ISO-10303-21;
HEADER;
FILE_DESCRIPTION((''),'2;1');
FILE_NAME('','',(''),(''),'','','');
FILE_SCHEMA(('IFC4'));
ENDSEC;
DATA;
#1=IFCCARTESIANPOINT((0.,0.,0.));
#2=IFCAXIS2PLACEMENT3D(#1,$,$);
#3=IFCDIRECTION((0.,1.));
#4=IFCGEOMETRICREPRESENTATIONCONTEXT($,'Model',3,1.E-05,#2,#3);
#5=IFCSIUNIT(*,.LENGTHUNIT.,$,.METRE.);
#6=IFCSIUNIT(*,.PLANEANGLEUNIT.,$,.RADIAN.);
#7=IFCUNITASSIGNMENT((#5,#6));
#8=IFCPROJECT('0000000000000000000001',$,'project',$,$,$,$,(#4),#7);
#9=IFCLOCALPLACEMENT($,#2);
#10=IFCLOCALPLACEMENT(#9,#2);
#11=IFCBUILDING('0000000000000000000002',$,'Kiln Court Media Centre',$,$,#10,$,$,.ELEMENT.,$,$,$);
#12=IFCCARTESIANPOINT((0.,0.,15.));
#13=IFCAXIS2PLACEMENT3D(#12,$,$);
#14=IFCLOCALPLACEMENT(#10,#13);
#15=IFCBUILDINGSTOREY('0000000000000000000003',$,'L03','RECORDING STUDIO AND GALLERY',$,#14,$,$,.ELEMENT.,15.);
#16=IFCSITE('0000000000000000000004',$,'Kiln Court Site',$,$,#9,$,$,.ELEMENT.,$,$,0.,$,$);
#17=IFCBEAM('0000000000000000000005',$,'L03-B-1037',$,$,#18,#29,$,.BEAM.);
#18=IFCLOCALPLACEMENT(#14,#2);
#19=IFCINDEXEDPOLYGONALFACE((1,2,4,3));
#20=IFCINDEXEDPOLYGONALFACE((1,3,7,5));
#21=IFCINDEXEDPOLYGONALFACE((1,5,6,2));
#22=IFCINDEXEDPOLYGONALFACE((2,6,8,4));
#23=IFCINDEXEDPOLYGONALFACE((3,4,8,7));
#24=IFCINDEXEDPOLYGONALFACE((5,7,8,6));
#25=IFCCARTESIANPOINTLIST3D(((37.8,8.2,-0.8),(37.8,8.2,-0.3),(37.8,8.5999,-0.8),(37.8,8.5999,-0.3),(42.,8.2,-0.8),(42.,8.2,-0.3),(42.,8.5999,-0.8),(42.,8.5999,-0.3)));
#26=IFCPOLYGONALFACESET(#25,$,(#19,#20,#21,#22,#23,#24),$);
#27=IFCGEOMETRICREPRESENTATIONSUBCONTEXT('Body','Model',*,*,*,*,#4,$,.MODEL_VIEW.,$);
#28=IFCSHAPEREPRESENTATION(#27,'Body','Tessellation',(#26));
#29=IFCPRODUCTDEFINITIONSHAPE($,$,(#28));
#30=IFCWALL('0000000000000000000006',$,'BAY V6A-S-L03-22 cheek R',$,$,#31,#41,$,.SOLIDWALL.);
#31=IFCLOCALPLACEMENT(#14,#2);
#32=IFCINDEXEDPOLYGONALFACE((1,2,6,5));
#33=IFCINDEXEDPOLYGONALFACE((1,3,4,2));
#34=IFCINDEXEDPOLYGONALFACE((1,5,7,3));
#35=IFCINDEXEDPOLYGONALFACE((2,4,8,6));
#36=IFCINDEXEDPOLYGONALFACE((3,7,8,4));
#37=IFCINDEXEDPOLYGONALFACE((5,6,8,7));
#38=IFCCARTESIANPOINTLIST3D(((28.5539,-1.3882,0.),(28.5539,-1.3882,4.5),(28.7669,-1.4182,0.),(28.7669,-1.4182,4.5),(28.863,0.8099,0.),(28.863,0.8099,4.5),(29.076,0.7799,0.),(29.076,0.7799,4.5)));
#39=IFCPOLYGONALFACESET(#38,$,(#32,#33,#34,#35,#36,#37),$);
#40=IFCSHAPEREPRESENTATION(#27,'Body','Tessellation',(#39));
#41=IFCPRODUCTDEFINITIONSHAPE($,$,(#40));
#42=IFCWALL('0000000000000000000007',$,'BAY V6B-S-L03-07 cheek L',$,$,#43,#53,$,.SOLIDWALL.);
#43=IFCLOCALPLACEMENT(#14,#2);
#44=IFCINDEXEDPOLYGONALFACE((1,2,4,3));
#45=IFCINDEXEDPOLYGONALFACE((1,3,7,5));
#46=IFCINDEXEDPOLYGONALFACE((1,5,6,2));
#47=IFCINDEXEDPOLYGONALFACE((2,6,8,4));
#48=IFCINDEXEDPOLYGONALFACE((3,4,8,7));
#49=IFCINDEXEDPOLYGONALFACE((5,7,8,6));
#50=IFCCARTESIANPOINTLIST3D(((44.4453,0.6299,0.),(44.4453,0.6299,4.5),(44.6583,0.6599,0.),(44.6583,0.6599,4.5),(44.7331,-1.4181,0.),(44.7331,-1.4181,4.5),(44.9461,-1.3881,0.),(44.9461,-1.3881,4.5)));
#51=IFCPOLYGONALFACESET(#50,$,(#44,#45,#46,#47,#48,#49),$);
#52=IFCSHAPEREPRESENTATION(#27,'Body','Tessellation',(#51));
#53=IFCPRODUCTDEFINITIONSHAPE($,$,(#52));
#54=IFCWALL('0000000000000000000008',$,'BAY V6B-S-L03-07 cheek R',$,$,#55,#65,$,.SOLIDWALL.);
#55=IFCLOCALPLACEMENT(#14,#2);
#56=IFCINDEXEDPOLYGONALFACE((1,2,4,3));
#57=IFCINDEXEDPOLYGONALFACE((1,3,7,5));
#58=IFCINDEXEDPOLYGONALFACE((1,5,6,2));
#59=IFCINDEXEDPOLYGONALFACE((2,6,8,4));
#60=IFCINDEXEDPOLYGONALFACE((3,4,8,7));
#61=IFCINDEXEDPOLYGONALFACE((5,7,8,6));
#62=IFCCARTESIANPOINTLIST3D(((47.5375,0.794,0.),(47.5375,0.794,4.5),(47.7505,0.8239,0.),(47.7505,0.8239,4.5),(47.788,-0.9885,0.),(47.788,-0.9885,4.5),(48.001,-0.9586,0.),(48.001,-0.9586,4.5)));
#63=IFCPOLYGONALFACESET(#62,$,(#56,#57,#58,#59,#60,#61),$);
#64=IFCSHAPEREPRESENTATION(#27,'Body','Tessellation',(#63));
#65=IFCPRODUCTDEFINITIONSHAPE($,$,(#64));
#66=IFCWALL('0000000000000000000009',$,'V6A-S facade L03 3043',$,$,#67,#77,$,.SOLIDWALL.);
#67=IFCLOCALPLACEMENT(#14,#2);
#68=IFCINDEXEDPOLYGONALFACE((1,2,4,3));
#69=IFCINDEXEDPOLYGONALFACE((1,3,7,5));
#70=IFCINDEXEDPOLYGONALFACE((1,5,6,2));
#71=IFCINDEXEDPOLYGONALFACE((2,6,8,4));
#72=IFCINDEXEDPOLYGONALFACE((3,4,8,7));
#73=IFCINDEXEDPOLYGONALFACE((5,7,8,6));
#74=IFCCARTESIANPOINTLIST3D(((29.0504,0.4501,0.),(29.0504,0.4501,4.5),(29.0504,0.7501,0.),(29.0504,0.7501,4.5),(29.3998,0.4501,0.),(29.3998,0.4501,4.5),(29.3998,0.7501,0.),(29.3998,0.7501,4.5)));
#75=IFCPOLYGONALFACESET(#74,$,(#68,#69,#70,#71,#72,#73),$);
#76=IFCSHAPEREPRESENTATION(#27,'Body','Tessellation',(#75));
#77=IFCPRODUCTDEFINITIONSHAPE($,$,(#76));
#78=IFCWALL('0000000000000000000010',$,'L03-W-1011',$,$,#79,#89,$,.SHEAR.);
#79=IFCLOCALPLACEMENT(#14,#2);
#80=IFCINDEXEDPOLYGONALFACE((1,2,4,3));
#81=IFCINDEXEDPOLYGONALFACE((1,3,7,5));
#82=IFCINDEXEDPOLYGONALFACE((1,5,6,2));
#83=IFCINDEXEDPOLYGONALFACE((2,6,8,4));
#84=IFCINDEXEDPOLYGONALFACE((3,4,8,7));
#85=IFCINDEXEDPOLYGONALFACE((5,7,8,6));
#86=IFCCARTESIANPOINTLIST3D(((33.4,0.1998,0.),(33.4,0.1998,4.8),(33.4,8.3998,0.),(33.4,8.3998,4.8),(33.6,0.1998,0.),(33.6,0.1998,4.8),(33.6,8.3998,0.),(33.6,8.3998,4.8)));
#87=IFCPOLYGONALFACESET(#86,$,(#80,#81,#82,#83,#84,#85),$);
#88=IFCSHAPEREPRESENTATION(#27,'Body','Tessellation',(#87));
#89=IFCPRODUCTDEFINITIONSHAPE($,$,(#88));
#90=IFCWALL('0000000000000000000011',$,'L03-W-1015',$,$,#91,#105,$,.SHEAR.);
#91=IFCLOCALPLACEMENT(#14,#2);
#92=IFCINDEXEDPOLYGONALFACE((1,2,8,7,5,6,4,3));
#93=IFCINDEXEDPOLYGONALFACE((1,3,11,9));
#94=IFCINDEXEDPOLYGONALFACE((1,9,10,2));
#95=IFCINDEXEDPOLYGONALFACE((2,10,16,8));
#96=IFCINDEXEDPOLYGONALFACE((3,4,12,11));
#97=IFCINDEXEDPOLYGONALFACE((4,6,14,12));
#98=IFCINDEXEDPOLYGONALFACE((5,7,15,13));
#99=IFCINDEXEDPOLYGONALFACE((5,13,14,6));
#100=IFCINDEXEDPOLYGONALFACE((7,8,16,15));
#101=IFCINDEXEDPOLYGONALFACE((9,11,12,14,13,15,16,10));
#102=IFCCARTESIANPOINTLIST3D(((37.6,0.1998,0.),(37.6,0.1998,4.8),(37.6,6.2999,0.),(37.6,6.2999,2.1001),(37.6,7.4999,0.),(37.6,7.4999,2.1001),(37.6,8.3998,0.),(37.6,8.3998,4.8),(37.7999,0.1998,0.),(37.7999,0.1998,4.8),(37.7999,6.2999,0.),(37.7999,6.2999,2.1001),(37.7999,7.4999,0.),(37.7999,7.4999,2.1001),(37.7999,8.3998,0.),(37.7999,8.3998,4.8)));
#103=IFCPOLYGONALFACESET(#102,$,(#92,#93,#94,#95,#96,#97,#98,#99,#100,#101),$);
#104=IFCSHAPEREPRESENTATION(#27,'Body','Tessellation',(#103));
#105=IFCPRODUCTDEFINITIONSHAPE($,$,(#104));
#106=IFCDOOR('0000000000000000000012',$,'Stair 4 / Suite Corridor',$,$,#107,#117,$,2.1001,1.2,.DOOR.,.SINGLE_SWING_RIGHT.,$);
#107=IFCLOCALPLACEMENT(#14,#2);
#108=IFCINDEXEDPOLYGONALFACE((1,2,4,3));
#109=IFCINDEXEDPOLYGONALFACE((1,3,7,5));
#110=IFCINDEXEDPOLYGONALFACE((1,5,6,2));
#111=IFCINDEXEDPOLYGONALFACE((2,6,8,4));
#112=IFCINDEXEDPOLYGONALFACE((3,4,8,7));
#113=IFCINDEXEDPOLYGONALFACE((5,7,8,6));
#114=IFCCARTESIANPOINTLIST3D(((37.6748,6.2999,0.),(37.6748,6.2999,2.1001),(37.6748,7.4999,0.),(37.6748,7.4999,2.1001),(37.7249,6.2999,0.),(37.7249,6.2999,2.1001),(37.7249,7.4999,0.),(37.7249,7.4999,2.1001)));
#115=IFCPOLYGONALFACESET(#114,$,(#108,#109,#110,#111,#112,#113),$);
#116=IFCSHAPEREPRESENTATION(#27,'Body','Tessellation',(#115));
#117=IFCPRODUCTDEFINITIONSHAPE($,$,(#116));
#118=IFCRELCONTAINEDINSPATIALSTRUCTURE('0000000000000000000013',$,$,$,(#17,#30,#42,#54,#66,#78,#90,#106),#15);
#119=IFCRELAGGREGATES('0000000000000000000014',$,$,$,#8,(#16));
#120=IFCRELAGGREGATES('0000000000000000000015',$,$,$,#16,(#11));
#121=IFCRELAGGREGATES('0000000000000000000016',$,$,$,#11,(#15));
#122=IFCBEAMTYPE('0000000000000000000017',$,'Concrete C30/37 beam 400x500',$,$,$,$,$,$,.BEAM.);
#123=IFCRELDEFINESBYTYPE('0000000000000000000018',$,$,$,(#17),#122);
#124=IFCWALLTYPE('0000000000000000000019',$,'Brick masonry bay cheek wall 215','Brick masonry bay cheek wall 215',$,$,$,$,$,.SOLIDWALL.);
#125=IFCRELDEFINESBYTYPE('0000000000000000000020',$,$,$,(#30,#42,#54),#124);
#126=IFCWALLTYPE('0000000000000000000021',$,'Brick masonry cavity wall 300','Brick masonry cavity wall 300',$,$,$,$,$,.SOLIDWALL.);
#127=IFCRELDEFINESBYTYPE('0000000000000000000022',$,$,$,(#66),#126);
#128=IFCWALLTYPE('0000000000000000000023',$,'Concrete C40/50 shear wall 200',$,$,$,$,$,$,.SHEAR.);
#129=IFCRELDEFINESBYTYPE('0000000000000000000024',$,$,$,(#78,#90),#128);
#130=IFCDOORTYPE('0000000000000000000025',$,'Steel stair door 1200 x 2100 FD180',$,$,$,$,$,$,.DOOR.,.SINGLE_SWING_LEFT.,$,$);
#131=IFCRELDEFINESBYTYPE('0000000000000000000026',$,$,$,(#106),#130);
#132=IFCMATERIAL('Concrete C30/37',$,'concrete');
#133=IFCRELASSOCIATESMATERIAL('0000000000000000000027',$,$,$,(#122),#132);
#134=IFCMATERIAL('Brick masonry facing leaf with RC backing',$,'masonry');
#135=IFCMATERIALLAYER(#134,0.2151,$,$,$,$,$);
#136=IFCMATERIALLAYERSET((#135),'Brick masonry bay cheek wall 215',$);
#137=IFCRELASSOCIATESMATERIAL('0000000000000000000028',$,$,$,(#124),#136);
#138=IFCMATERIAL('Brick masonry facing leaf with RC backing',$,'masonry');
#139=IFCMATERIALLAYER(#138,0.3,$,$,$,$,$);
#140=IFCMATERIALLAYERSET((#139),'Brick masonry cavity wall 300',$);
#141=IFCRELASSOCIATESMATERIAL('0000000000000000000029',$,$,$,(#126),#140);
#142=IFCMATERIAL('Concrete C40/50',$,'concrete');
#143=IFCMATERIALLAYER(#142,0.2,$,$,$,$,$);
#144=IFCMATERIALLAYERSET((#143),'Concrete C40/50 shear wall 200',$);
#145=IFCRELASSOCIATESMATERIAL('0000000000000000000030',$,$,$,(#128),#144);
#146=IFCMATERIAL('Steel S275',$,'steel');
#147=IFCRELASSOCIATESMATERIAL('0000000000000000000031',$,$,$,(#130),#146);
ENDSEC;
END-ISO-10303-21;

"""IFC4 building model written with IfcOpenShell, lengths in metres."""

from ifc_helpers import new_model, si_unit, direction, frame, frame_2d, origin, origin_2d, place, context, subcontext, project, spatial, rectangle, extrude, material, layer, layer_set, material_profile, profile_set, type_object, element, fill, save


model = new_model("IFC4")

# Units and contexts
model_context = context("Model", 3, precision=1e-05, world=origin(), true_north=direction((0.0, 1.0)))
body_context = subcontext(model_context, "Body", "Model", "MODEL_VIEW")
ifc_project = project(units=[si_unit("LENGTHUNIT", "METRE"), si_unit("PLANEANGLEUNIT", "RADIAN")], contexts=[model_context])

# Site, building, storey
site_placement = place(None, origin())
site = spatial("IfcSite", under=ifc_project, at=site_placement, Name="Kiln Court Site", CompositionType="ELEMENT", RefElevation=0.0)
building_placement = place(site_placement, origin())
building = spatial("IfcBuilding", under=site, at=building_placement, Name="Kiln Court Media Centre", CompositionType="ELEMENT")
storey_placement = place(building_placement, frame((0.0, 0.0, 15.0)))
storey = spatial("IfcBuildingStorey", under=building, at=storey_placement, Name="L03", Description="RECORDING STUDIO AND GALLERY", CompositionType="ELEMENT", Elevation=15.0)

# Beam
ifc_material_1 = material(Name="Concrete C30/37", Category="concrete")
ifc_material_profile = material_profile(ifc_material_1, rectangle(XDim=0.3999, YDim=0.5, at=origin_2d()), Name="RC 400x500")
ifc_profile_set = profile_set([ifc_material_profile], Name="Concrete C30/37")
beam_type = type_object("IfcBeamType", Name="Concrete C30/37 beam 400x500", PredefinedType="BEAM", material=ifc_profile_set)
beam_placement = place(storey_placement, frame((37.8, 8.3999, -0.55), z_axis=(1.0, 0.0, 0.0), x_axis=(0.0, 1.0, 0.0)))
element("IfcBeam", 1, at=beam_placement, inside=storey, type_object=beam_type, Name="L03-B-1037", PredefinedType="BEAM", context=body_context, shape_type="SweptSolid", body=[
    extrude(rectangle(XDim=0.3999, YDim=0.5, at=origin_2d()), origin(), (0.0, 0.0, 1.0), 4.2),
])

# Walls
ifc_material_2 = material(Name="Brick masonry facing leaf with RC backing", Category="masonry")
ifc_layer_1 = layer(ifc_material_2, 0.2151)
ifc_layer_set_1 = layer_set([ifc_layer_1], Name="Brick masonry bay cheek wall 215")
wall_type_1 = type_object("IfcWallType", Name="Brick masonry bay cheek wall 215", Description="Brick masonry bay cheek wall 215", PredefinedType="SOLIDWALL", material=ifc_layer_set_1)
wall_1_placement = place(storey_placement, frame((28.9695, 0.7949, 0.0), z_axis=(0.0, 0.0, 1.0), x_axis=(-0.13925, -0.990257, 0.0)))
element("IfcWall", 2, at=wall_1_placement, inside=storey, type_object=wall_type_1, Name="BAY V6A-S-L03-22 cheek R", PredefinedType="SOLIDWALL", context=body_context, shape_type="SweptSolid", body=[
    extrude(rectangle(XDim=2.2197, YDim=0.2151, at=frame_2d((1.1099, 0.0))), origin(), (0.0, 0.0, 1.0), 4.5),
])
wall_2_placement = place(storey_placement, frame((44.5518, 0.645, 0.0), z_axis=(0.0, 0.0, 1.0), x_axis=(0.139173, -0.990268, 0.0)))
element("IfcWall", 3, at=wall_2_placement, inside=storey, type_object=wall_type_1, Name="BAY V6B-S-L03-07 cheek L", PredefinedType="SOLIDWALL", context=body_context, shape_type="SweptSolid", body=[
    extrude(rectangle(XDim=2.0681, YDim=0.2151, at=frame_2d((1.0342, 0.0))), origin(), (0.0, 0.0, 1.0), 4.5),
])
wall_3_placement = place(storey_placement, frame((47.644, 0.8088, 0.0), z_axis=(0.0, 0.0, 1.0), x_axis=(0.139161, -0.99027, 0.0)))
element("IfcWall", 4, at=wall_3_placement, inside=storey, type_object=wall_type_1, Name="BAY V6B-S-L03-07 cheek R", PredefinedType="SOLIDWALL", context=body_context, shape_type="SweptSolid", body=[
    extrude(rectangle(XDim=1.8, YDim=0.2151, at=frame_2d((0.8999, 0.0))), origin(), (0.0, 0.0, 1.0), 4.5),
])
ifc_material_3 = material(Name="Brick masonry facing leaf with RC backing", Category="masonry")
ifc_layer_2 = layer(ifc_material_3, 0.3)
ifc_layer_set_2 = layer_set([ifc_layer_2], Name="Brick masonry cavity wall 300")
wall_type_2 = type_object("IfcWallType", Name="Brick masonry cavity wall 300", Description="Brick masonry cavity wall 300", PredefinedType="SOLIDWALL", material=ifc_layer_set_2)
wall_4_placement = place(storey_placement, frame((29.3999, 0.6001, 0.0), z_axis=(0.0, 0.0, 1.0), x_axis=(-1.0, 0.0, 0.0)))
element("IfcWall", 5, at=wall_4_placement, inside=storey, type_object=wall_type_2, Name="V6A-S facade L03 3043", PredefinedType="SOLIDWALL", context=body_context, shape_type="SweptSolid", body=[
    extrude(rectangle(XDim=0.3494, YDim=0.3, at=frame_2d((0.1748, 0.0))), origin(), (0.0, 0.0, 1.0), 4.5),
])
ifc_material_4 = material(Name="Concrete C40/50", Category="concrete")
ifc_layer_3 = layer(ifc_material_4, 0.2)
ifc_layer_set_3 = layer_set([ifc_layer_3], Name="Concrete C40/50 shear wall 200")
wall_type_3 = type_object("IfcWallType", Name="Concrete C40/50 shear wall 200", PredefinedType="SHEAR", material=ifc_layer_set_3)
wall_5_placement = place(storey_placement, frame((33.5, 8.3999, 0.0), z_axis=(0.0, 0.0, 1.0), x_axis=(0.0, -1.0, 0.0)))
element("IfcWall", 6, at=wall_5_placement, inside=storey, type_object=wall_type_3, Name="L03-W-1011", PredefinedType="SHEAR", context=body_context, shape_type="SweptSolid", body=[
    extrude(rectangle(XDim=8.2, YDim=0.2, at=frame_2d((4.1001, 0.0))), origin(), (0.0, 0.0, 1.0), 4.8),
])

# Wall, opening, door
wall_6_placement = place(storey_placement, frame((37.7, 8.3999, 0.0), z_axis=(0.0, 0.0, 1.0), x_axis=(0.0, -1.0, 0.0)))
wall_6 = element("IfcWall", 7, at=wall_6_placement, inside=storey, type_object=wall_type_3, Name="L03-W-1015", PredefinedType="SHEAR", context=body_context, shape_type="SweptSolid", body=[
    extrude(rectangle(XDim=8.2, YDim=0.2, at=frame_2d((4.1001, 0.0))), origin(), (0.0, 0.0, 1.0), 4.8),
])
opening_1_placement = place(wall_6_placement, frame((0.8999, 0.0, 0.0)))
opening_1 = element("IfcOpeningElement", 8, at=opening_1_placement, cuts=wall_6, PredefinedType="OPENING", context=body_context, shape_type="SweptSolid", body=[
    extrude(rectangle(XDim=1.2, YDim=2.1001, at=frame_2d((0.6001, 1.05))), frame((0.0, 0.1099, 0.0), z_axis=(0.0, -1.0, 0.0), x_axis=(1.0, 0.0, 0.0)), (0.0, 0.0, 1.0), 0.22),
])
ifc_material_5 = material(Name="Steel S275", Category="steel")
door_type_1 = type_object("IfcDoorType", Name="Steel stair door 1200 x 2100 FD180", OperationType="SINGLE_SWING_LEFT", PredefinedType="DOOR", material=ifc_material_5)
door_1_placement = place(opening_1_placement, origin())
door_1 = element("IfcDoor", 9, at=door_1_placement, inside=storey, type_object=door_type_1, Name="Stair 4 / Suite Corridor", OperationType="SINGLE_SWING_RIGHT", OverallHeight=2.1001, OverallWidth=1.2, PredefinedType="DOOR", context=body_context, shape_type="SweptSolid", body=[
    extrude(rectangle(XDim=1.2, YDim=2.1001, at=frame_2d((0.6001, 1.05))), frame((0.0, 0.0249, 0.0), z_axis=(0.0, -1.0, 0.0), x_axis=(1.0, 0.0, 0.0)), (0.0, 0.0, 1.0), 0.05),
])
fill(opening_1, door_1)

save(model, "model.ifc")
